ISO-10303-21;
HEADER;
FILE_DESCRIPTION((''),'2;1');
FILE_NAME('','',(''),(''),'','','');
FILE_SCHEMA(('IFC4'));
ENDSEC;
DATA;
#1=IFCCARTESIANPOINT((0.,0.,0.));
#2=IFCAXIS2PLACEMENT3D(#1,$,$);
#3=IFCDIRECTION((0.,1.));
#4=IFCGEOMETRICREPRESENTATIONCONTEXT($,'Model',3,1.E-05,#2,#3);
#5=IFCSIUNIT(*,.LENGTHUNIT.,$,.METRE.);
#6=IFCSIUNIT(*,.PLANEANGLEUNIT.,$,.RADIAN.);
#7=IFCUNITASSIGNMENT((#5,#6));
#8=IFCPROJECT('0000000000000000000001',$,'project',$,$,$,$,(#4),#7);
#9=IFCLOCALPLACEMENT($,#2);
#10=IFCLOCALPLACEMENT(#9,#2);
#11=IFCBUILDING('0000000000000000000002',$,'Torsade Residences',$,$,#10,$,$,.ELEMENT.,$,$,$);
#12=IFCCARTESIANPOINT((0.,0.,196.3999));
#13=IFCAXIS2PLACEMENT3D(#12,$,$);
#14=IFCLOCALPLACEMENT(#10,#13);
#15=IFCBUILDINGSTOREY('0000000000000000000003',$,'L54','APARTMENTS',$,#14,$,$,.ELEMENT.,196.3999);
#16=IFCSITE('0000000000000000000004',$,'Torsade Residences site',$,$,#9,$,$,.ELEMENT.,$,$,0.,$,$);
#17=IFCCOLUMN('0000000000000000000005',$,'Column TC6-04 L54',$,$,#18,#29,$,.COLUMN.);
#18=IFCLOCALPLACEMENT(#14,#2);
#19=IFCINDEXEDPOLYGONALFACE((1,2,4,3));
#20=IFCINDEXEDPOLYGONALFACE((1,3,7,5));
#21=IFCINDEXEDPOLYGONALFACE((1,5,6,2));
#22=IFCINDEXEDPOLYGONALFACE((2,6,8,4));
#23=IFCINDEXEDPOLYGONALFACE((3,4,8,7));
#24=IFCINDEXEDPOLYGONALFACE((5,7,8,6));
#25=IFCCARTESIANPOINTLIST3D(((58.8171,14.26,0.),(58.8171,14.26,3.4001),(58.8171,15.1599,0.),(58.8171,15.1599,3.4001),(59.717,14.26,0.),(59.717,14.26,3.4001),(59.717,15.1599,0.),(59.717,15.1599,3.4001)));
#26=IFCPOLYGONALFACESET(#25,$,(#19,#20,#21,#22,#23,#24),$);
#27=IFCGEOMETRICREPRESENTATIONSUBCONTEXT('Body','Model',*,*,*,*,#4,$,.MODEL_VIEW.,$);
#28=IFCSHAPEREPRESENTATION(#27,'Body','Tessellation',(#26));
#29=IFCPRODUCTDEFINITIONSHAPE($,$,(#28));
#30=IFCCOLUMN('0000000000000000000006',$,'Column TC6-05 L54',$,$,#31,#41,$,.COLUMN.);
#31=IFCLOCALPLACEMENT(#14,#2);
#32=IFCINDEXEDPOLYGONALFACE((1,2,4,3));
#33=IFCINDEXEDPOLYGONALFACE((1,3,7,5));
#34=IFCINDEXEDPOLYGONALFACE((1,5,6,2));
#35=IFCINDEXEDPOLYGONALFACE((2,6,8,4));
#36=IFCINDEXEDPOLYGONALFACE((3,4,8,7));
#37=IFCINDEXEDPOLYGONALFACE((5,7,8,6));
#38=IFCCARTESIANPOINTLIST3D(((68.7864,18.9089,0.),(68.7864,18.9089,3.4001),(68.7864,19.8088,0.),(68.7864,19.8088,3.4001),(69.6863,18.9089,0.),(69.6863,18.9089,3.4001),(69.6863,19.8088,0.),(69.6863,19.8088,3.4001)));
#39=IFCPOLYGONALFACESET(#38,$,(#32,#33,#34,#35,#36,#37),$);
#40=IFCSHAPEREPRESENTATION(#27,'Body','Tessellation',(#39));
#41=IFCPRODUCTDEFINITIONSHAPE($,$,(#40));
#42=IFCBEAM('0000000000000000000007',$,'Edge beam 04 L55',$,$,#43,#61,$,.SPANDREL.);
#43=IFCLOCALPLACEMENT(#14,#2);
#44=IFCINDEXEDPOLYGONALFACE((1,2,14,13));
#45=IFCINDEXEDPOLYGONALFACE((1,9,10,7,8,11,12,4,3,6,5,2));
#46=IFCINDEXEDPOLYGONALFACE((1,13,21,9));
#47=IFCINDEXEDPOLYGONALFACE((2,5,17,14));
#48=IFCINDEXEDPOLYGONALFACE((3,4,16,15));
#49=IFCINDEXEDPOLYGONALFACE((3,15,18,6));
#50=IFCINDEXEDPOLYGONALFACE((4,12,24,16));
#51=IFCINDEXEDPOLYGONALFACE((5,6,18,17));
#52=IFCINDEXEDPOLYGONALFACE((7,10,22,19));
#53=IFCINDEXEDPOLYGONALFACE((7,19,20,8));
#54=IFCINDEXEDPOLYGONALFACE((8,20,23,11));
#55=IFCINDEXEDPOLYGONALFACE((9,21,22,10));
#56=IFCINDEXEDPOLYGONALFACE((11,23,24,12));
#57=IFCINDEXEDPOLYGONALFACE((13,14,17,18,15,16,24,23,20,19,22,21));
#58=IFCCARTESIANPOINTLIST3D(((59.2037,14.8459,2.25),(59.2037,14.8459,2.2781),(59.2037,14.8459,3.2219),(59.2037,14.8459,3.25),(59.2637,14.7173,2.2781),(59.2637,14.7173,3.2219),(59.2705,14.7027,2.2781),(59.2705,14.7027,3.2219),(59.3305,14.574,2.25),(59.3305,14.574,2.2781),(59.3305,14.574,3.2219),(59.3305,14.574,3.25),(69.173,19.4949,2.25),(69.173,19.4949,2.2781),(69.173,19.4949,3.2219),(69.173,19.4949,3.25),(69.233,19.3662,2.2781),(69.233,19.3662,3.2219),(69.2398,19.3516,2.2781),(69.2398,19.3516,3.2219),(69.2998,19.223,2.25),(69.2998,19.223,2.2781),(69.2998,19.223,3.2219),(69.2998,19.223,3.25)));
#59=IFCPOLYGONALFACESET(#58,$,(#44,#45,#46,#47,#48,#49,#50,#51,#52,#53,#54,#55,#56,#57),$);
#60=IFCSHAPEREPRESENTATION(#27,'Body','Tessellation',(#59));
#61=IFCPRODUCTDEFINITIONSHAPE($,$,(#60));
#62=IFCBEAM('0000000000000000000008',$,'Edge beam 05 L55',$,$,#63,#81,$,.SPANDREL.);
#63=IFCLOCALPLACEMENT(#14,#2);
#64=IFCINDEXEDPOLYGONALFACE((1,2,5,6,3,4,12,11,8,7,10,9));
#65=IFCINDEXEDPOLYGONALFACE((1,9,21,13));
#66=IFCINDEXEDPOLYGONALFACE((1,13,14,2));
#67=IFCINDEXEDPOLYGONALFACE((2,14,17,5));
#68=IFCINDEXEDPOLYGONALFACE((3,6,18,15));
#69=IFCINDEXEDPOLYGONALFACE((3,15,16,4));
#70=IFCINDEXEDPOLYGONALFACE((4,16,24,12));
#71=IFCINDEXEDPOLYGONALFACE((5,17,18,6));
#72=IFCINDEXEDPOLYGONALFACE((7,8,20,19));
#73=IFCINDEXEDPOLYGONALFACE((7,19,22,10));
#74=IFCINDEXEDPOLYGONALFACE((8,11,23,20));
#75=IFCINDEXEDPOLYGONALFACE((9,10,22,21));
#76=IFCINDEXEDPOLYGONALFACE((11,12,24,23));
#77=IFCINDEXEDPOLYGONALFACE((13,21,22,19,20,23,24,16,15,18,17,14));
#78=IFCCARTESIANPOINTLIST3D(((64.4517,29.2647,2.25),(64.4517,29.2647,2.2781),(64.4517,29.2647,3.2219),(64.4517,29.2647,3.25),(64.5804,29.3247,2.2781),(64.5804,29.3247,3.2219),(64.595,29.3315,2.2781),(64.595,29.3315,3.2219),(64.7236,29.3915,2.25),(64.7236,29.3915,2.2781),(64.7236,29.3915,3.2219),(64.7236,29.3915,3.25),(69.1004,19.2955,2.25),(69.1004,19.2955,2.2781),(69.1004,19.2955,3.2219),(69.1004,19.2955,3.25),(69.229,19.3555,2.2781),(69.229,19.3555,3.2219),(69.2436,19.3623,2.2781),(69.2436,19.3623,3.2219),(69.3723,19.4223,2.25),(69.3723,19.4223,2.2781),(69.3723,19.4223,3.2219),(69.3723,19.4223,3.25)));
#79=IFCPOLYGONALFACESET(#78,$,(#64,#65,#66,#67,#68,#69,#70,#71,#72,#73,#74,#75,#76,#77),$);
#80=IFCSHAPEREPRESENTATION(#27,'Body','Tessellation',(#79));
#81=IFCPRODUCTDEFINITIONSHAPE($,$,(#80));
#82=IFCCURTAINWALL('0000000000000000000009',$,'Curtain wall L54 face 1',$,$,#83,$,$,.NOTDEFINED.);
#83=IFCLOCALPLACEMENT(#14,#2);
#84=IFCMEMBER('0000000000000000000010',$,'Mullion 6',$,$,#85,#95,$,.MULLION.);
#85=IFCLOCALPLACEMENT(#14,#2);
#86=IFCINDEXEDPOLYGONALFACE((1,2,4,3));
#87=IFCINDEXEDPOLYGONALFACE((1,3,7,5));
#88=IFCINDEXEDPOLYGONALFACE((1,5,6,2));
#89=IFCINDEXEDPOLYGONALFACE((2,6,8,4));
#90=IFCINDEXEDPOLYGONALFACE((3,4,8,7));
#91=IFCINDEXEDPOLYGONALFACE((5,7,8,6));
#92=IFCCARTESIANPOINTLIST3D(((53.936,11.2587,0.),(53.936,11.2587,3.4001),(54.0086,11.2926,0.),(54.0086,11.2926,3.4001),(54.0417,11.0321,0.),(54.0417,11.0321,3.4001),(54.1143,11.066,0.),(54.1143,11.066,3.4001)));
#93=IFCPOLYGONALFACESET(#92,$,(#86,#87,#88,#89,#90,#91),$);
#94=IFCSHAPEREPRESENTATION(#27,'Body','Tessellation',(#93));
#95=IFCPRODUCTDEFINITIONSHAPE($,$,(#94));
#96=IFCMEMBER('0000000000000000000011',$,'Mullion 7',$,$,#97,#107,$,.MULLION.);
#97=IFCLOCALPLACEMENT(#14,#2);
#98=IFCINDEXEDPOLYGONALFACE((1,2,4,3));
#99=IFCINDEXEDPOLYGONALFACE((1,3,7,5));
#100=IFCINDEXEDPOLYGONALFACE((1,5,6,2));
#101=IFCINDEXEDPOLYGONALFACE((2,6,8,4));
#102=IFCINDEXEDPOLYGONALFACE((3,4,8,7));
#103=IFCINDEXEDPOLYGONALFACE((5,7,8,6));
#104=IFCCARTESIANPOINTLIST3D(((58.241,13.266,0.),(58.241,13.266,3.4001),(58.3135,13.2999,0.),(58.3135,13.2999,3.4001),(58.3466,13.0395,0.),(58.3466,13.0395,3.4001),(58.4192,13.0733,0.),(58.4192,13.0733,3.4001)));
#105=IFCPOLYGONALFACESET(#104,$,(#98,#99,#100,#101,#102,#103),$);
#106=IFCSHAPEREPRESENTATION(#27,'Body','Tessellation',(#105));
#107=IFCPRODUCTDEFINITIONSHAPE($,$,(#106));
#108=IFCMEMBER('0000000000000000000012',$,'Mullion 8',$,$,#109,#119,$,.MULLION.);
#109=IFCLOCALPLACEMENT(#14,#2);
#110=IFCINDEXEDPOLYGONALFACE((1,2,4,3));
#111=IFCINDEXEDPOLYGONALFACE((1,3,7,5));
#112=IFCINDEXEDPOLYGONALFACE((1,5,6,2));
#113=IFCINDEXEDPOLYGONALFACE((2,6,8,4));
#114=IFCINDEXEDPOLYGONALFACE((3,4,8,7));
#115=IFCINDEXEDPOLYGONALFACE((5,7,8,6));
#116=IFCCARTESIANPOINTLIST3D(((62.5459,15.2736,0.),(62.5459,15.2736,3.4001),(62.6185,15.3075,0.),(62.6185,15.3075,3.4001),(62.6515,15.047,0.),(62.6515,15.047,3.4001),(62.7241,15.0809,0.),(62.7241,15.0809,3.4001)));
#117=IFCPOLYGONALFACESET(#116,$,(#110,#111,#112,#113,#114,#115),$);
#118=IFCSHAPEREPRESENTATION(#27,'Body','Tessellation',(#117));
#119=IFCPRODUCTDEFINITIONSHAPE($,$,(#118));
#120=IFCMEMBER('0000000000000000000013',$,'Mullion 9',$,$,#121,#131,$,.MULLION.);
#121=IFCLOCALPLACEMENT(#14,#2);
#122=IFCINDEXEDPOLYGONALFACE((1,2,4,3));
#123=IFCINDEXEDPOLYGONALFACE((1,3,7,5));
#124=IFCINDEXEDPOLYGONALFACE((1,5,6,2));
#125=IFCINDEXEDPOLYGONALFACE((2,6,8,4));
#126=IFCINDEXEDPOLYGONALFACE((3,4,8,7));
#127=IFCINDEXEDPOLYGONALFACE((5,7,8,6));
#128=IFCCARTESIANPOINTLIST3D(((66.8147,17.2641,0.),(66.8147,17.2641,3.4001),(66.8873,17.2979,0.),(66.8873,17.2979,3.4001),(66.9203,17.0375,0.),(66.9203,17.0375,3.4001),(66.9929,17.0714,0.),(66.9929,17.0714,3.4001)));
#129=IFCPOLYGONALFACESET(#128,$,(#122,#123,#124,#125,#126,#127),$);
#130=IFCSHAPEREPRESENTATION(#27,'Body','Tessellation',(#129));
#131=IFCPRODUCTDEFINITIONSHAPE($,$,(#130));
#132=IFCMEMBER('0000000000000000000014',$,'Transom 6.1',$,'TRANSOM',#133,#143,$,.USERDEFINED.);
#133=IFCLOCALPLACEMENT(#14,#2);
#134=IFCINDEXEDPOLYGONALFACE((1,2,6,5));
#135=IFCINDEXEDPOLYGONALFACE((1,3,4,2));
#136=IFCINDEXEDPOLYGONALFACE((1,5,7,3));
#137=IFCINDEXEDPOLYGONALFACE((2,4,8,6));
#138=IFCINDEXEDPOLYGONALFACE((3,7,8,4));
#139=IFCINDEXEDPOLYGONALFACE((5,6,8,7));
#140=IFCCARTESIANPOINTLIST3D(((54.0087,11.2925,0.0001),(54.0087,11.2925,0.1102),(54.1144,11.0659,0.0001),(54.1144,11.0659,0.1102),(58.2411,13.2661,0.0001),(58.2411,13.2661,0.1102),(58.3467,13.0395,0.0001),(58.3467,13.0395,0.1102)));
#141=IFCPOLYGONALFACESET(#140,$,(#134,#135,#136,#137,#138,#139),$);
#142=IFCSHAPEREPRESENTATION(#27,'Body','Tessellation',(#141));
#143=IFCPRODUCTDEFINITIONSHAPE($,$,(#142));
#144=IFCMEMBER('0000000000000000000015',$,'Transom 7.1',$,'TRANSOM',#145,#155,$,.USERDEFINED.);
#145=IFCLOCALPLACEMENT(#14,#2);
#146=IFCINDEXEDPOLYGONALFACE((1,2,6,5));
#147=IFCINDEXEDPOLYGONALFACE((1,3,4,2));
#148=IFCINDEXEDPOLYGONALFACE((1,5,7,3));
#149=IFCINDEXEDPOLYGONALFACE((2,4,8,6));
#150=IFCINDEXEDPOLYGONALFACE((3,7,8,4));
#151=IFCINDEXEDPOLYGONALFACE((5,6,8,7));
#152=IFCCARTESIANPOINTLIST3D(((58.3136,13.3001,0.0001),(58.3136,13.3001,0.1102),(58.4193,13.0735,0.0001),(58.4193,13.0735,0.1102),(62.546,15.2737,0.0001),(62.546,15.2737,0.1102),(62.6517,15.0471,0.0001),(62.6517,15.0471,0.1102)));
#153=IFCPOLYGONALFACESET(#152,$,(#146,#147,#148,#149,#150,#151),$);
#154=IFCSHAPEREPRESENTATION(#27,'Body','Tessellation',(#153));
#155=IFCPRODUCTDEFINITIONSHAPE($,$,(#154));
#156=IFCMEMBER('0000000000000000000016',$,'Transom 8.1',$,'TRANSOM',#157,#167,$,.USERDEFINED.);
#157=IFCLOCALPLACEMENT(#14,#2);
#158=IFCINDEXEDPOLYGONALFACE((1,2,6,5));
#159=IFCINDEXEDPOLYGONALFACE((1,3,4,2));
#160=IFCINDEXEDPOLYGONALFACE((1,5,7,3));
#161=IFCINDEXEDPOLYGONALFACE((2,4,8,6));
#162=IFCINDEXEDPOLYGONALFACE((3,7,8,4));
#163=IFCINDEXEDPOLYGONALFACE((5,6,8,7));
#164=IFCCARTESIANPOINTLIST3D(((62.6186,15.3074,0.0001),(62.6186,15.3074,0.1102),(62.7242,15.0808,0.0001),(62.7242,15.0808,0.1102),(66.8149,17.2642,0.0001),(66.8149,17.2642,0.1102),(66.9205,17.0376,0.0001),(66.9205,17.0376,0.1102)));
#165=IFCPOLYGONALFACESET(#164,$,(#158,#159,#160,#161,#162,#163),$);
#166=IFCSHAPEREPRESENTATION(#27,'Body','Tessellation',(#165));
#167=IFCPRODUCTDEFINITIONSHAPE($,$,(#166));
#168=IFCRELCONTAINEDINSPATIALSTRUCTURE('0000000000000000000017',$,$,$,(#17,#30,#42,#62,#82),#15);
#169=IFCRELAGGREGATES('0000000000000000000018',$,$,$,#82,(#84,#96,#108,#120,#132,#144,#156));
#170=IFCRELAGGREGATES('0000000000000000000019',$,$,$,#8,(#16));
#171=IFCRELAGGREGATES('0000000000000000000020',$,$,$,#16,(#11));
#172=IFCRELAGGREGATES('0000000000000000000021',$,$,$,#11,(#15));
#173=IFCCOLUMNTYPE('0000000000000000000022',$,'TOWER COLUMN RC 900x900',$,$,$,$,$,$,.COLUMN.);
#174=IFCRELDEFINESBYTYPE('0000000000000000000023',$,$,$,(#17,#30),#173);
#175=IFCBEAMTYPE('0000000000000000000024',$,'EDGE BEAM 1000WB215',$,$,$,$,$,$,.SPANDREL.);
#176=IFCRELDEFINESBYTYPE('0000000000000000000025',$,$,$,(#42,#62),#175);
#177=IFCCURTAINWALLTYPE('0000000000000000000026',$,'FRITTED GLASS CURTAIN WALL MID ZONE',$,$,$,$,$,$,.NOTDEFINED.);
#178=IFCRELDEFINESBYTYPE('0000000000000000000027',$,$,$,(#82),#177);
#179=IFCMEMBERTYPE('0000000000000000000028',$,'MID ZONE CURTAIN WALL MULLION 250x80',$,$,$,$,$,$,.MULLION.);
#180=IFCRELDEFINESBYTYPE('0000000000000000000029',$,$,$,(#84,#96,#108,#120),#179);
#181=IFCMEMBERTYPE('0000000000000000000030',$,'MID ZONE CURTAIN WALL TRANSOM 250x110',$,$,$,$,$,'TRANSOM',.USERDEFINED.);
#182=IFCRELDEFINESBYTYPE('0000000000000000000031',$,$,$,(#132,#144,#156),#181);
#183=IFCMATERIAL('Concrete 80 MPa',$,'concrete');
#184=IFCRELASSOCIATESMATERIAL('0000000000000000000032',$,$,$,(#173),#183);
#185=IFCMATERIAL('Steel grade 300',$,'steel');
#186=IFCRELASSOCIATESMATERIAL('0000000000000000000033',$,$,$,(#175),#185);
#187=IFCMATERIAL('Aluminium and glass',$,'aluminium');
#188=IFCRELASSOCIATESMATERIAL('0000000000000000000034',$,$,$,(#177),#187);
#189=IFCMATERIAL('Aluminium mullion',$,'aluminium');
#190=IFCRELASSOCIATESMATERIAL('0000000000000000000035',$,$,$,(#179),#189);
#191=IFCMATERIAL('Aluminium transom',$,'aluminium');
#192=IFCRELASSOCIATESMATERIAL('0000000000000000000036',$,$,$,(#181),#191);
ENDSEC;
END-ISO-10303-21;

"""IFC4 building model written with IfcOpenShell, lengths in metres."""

from ifc_helpers import new_model, si_unit, direction, frame, origin, origin_2d, place, context, subcontext, project, spatial, rectangle, i_section, extrude, material, material_profile, profile_set, type_object, element, aggregate, save


model = new_model("IFC4")

# Units and contexts
model_context = context("Model", 3, precision=1e-05, world=origin(), true_north=direction((0.0, 1.0)))
body_context = subcontext(model_context, "Body", "Model", "MODEL_VIEW")
ifc_project = project(units=[si_unit("LENGTHUNIT", "METRE"), si_unit("PLANEANGLEUNIT", "RADIAN")], contexts=[model_context])

# Site, building, storey
site_placement = place(None, origin())
site = spatial("IfcSite", under=ifc_project, at=site_placement, Name="Torsade Residences site", CompositionType="ELEMENT", RefElevation=0.0)
building_placement = place(site_placement, origin())
building = spatial("IfcBuilding", under=site, at=building_placement, Name="Torsade Residences", CompositionType="ELEMENT")
storey_placement = place(building_placement, frame((0.0, 0.0, 196.3999)))
storey = spatial("IfcBuildingStorey", under=building, at=storey_placement, Name="L54", Description="APARTMENTS", CompositionType="ELEMENT", Elevation=196.3999)

# Columns
ifc_material_1 = material(Name="Concrete 80 MPa", Category="concrete")
ifc_material_profile_1 = material_profile(ifc_material_1, rectangle(XDim=0.8999, YDim=0.8999, at=origin_2d()), Name="RC 900x900")
ifc_profile_set_1 = profile_set([ifc_material_profile_1], Name="Concrete 80 MPa")
column_type = type_object("IfcColumnType", Name="TOWER COLUMN RC 900x900", PredefinedType="COLUMN", material=ifc_profile_set_1)
for number, where, z_axis, x_axis, name in (
    (1, (59.2671, 14.71, 0.0), (0.0, 0.0, 1.0), (1.0, 0.0, 0.0), "Column TC6-04 L54"),
    (2, (69.2363, 19.3589, 0.0), (0.0, 0.0, 1.0), (1.0, 0.0, 0.0), "Column TC6-05 L54"),
):
    element("IfcColumn", number, at=place(storey_placement, frame(where, z_axis=z_axis, x_axis=x_axis)), inside=storey, type_object=column_type, Name=name, PredefinedType="COLUMN", context=body_context, shape_type="SweptSolid", body=[
        extrude(rectangle(XDim=0.8999, YDim=0.8999, at=origin_2d()), origin(), (0.0, 0.0, 1.0), 3.4001),
    ])

# Beams
ifc_material_2 = material(Name="Steel grade 300", Category="steel")
ifc_material_profile_2 = material_profile(ifc_material_2, i_section(OverallWidth=0.3, OverallDepth=1.0, WebThickness=0.0161, FlangeThickness=0.0281, at=origin_2d()), Name="1000WB215")
ifc_profile_set_2 = profile_set([ifc_material_profile_2], Name="Steel grade 300")
beam_type_1 = type_object("IfcBeamType", Name="EDGE BEAM 1000WB215", PredefinedType="SPANDREL", material=ifc_profile_set_2)
beam_1_placement = place(storey_placement, frame((59.2671, 14.71, 2.75), z_axis=(0.906301, 0.422633, 0.0), x_axis=(-0.422633, 0.906301, 0.0)))
element("IfcBeam", 3, at=beam_1_placement, inside=storey, type_object=beam_type_1, Name="Edge beam 04 L55", PredefinedType="SPANDREL", context=body_context, shape_type="SweptSolid", body=[
    extrude(i_section(OverallWidth=0.3, OverallDepth=1.0, WebThickness=0.0161, FlangeThickness=0.0281, at=origin_2d()), origin(), (0.0, 0.0, 1.0), 11.0),
])
beam_2_placement = place(storey_placement, frame((69.2363, 19.3589, 2.75), z_axis=(-0.422614, 0.90631, 0.0), x_axis=(-0.90631, -0.422614, 0.0)))
element("IfcBeam", 4, at=beam_2_placement, inside=storey, type_object=beam_type_1, Name="Edge beam 05 L55", PredefinedType="SPANDREL", context=body_context, shape_type="SweptSolid", body=[
    extrude(i_section(OverallWidth=0.3, OverallDepth=1.0, WebThickness=0.0161, FlangeThickness=0.0281, at=origin_2d()), origin(), (0.0, 0.0, 1.0), 10.9998),
])

# Curtain wall, members
ifc_material_3 = material(Name="Aluminium and glass", Category="aluminium")
curtain_wall_type = type_object("IfcCurtainWallType", Name="FRITTED GLASS CURTAIN WALL MID ZONE", PredefinedType="NOTDEFINED", material=ifc_material_3)
curtain_wall_placement = place(storey_placement, origin())
curtain_wall = element("IfcCurtainWall", 5, at=curtain_wall_placement, inside=storey, type_object=curtain_wall_type, Name="Curtain wall L54 face 1", PredefinedType="NOTDEFINED")
ifc_material_4 = material(Name="Aluminium mullion", Category="aluminium")
ifc_material_profile_3 = material_profile(ifc_material_4, rectangle(XDim=0.25, YDim=0.0801, at=origin_2d()), Name="MID ZONE CURTAIN WALL MULLION 250x80")
ifc_profile_set_3 = profile_set([ifc_material_profile_3], Name="Aluminium mullion")
member_type_1 = type_object("IfcMemberType", Name="MID ZONE CURTAIN WALL MULLION 250x80", PredefinedType="MULLION", material=ifc_profile_set_3)
member_1_placement = place(storey_placement, frame((54.0251, 11.1624, 0.0), z_axis=(0.0, 0.0, 1.0), x_axis=(-0.422618, 0.906308, 0.0)))
member_1 = element("IfcMember", 6, at=member_1_placement, type_object=member_type_1, Name="Mullion 6", PredefinedType="MULLION", context=body_context, shape_type="SweptSolid", body=[
    extrude(rectangle(XDim=0.25, YDim=0.0801, at=origin_2d()), origin(), (0.0, 0.0, 1.0), 3.4001),
])
member_2_placement = place(storey_placement, frame((58.3301, 13.1697, 0.0), z_axis=(0.0, 0.0, 1.0), x_axis=(-0.422618, 0.906308, 0.0)))
member_2 = element("IfcMember", 7, at=member_2_placement, type_object=member_type_1, Name="Mullion 7", PredefinedType="MULLION", context=body_context, shape_type="SweptSolid", body=[
    extrude(rectangle(XDim=0.25, YDim=0.0801, at=origin_2d()), origin(), (0.0, 0.0, 1.0), 3.4001),
])
member_3_placement = place(storey_placement, frame((62.635, 15.1772, 0.0), z_axis=(0.0, 0.0, 1.0), x_axis=(-0.422618, 0.906308, 0.0)))
member_3 = element("IfcMember", 8, at=member_3_placement, type_object=member_type_1, Name="Mullion 8", PredefinedType="MULLION", context=body_context, shape_type="SweptSolid", body=[
    extrude(rectangle(XDim=0.25, YDim=0.0801, at=origin_2d()), origin(), (0.0, 0.0, 1.0), 3.4001),
])
member_4_placement = place(storey_placement, frame((66.9038, 17.1677, 0.0), z_axis=(0.0, 0.0, 1.0), x_axis=(-0.422618, 0.906308, 0.0)))
member_4 = element("IfcMember", 9, at=member_4_placement, type_object=member_type_1, Name="Mullion 9", PredefinedType="MULLION", context=body_context, shape_type="SweptSolid", body=[
    extrude(rectangle(XDim=0.25, YDim=0.0801, at=origin_2d()), origin(), (0.0, 0.0, 1.0), 3.4001),
])
ifc_material_5 = material(Name="Aluminium transom", Category="aluminium")
ifc_material_profile_4 = material_profile(ifc_material_5, rectangle(XDim=0.25, YDim=0.1101, at=origin_2d()), Name="MID ZONE CURTAIN WALL TRANSOM 250x110")
ifc_profile_set_4 = profile_set([ifc_material_profile_4], Name="Aluminium transom")
member_type_2 = type_object("IfcMemberType", Name="MID ZONE CURTAIN WALL TRANSOM 250x110", ElementType="TRANSOM", PredefinedType="USERDEFINED", material=ifc_profile_set_4)
member_5_placement = place(storey_placement, frame((54.0615, 11.1792, 0.0552), z_axis=(0.906306, 0.422622, 0.0), x_axis=(-0.422622, 0.906306, 0.0)))
member_5 = element("IfcMember", 10, at=member_5_placement, type_object=member_type_2, Name="Transom 6.1", ObjectType="TRANSOM", PredefinedType="USERDEFINED", context=body_context, shape_type="SweptSolid", body=[
    extrude(rectangle(XDim=0.25, YDim=0.1101, at=origin_2d()), origin(), (0.0, 0.0, 1.0), 4.6699),
])
member_6_placement = place(storey_placement, frame((58.3665, 13.1868, 0.0552), z_axis=(0.906306, 0.422622, 0.0), x_axis=(-0.422622, 0.906306, 0.0)))
member_6 = element("IfcMember", 11, at=member_6_placement, type_object=member_type_2, Name="Transom 7.1", ObjectType="TRANSOM", PredefinedType="USERDEFINED", context=body_context, shape_type="SweptSolid", body=[
    extrude(rectangle(XDim=0.25, YDim=0.1101, at=origin_2d()), origin(), (0.0, 0.0, 1.0), 4.6699),
])
member_7_placement = place(storey_placement, frame((62.6714, 15.1941, 0.0552), z_axis=(0.906306, 0.422623, 0.0), x_axis=(-0.422623, 0.906306, 0.0)))
member_7 = element("IfcMember", 12, at=member_7_placement, type_object=member_type_2, Name="Transom 8.1", ObjectType="TRANSOM", PredefinedType="USERDEFINED", context=body_context, shape_type="SweptSolid", body=[
    extrude(rectangle(XDim=0.25, YDim=0.1101, at=origin_2d()), origin(), (0.0, 0.0, 1.0), 4.6301),
])

aggregate(curtain_wall, [member_1, member_2, member_3, member_4, member_5, member_6, member_7])

save(model, "model.ifc")
